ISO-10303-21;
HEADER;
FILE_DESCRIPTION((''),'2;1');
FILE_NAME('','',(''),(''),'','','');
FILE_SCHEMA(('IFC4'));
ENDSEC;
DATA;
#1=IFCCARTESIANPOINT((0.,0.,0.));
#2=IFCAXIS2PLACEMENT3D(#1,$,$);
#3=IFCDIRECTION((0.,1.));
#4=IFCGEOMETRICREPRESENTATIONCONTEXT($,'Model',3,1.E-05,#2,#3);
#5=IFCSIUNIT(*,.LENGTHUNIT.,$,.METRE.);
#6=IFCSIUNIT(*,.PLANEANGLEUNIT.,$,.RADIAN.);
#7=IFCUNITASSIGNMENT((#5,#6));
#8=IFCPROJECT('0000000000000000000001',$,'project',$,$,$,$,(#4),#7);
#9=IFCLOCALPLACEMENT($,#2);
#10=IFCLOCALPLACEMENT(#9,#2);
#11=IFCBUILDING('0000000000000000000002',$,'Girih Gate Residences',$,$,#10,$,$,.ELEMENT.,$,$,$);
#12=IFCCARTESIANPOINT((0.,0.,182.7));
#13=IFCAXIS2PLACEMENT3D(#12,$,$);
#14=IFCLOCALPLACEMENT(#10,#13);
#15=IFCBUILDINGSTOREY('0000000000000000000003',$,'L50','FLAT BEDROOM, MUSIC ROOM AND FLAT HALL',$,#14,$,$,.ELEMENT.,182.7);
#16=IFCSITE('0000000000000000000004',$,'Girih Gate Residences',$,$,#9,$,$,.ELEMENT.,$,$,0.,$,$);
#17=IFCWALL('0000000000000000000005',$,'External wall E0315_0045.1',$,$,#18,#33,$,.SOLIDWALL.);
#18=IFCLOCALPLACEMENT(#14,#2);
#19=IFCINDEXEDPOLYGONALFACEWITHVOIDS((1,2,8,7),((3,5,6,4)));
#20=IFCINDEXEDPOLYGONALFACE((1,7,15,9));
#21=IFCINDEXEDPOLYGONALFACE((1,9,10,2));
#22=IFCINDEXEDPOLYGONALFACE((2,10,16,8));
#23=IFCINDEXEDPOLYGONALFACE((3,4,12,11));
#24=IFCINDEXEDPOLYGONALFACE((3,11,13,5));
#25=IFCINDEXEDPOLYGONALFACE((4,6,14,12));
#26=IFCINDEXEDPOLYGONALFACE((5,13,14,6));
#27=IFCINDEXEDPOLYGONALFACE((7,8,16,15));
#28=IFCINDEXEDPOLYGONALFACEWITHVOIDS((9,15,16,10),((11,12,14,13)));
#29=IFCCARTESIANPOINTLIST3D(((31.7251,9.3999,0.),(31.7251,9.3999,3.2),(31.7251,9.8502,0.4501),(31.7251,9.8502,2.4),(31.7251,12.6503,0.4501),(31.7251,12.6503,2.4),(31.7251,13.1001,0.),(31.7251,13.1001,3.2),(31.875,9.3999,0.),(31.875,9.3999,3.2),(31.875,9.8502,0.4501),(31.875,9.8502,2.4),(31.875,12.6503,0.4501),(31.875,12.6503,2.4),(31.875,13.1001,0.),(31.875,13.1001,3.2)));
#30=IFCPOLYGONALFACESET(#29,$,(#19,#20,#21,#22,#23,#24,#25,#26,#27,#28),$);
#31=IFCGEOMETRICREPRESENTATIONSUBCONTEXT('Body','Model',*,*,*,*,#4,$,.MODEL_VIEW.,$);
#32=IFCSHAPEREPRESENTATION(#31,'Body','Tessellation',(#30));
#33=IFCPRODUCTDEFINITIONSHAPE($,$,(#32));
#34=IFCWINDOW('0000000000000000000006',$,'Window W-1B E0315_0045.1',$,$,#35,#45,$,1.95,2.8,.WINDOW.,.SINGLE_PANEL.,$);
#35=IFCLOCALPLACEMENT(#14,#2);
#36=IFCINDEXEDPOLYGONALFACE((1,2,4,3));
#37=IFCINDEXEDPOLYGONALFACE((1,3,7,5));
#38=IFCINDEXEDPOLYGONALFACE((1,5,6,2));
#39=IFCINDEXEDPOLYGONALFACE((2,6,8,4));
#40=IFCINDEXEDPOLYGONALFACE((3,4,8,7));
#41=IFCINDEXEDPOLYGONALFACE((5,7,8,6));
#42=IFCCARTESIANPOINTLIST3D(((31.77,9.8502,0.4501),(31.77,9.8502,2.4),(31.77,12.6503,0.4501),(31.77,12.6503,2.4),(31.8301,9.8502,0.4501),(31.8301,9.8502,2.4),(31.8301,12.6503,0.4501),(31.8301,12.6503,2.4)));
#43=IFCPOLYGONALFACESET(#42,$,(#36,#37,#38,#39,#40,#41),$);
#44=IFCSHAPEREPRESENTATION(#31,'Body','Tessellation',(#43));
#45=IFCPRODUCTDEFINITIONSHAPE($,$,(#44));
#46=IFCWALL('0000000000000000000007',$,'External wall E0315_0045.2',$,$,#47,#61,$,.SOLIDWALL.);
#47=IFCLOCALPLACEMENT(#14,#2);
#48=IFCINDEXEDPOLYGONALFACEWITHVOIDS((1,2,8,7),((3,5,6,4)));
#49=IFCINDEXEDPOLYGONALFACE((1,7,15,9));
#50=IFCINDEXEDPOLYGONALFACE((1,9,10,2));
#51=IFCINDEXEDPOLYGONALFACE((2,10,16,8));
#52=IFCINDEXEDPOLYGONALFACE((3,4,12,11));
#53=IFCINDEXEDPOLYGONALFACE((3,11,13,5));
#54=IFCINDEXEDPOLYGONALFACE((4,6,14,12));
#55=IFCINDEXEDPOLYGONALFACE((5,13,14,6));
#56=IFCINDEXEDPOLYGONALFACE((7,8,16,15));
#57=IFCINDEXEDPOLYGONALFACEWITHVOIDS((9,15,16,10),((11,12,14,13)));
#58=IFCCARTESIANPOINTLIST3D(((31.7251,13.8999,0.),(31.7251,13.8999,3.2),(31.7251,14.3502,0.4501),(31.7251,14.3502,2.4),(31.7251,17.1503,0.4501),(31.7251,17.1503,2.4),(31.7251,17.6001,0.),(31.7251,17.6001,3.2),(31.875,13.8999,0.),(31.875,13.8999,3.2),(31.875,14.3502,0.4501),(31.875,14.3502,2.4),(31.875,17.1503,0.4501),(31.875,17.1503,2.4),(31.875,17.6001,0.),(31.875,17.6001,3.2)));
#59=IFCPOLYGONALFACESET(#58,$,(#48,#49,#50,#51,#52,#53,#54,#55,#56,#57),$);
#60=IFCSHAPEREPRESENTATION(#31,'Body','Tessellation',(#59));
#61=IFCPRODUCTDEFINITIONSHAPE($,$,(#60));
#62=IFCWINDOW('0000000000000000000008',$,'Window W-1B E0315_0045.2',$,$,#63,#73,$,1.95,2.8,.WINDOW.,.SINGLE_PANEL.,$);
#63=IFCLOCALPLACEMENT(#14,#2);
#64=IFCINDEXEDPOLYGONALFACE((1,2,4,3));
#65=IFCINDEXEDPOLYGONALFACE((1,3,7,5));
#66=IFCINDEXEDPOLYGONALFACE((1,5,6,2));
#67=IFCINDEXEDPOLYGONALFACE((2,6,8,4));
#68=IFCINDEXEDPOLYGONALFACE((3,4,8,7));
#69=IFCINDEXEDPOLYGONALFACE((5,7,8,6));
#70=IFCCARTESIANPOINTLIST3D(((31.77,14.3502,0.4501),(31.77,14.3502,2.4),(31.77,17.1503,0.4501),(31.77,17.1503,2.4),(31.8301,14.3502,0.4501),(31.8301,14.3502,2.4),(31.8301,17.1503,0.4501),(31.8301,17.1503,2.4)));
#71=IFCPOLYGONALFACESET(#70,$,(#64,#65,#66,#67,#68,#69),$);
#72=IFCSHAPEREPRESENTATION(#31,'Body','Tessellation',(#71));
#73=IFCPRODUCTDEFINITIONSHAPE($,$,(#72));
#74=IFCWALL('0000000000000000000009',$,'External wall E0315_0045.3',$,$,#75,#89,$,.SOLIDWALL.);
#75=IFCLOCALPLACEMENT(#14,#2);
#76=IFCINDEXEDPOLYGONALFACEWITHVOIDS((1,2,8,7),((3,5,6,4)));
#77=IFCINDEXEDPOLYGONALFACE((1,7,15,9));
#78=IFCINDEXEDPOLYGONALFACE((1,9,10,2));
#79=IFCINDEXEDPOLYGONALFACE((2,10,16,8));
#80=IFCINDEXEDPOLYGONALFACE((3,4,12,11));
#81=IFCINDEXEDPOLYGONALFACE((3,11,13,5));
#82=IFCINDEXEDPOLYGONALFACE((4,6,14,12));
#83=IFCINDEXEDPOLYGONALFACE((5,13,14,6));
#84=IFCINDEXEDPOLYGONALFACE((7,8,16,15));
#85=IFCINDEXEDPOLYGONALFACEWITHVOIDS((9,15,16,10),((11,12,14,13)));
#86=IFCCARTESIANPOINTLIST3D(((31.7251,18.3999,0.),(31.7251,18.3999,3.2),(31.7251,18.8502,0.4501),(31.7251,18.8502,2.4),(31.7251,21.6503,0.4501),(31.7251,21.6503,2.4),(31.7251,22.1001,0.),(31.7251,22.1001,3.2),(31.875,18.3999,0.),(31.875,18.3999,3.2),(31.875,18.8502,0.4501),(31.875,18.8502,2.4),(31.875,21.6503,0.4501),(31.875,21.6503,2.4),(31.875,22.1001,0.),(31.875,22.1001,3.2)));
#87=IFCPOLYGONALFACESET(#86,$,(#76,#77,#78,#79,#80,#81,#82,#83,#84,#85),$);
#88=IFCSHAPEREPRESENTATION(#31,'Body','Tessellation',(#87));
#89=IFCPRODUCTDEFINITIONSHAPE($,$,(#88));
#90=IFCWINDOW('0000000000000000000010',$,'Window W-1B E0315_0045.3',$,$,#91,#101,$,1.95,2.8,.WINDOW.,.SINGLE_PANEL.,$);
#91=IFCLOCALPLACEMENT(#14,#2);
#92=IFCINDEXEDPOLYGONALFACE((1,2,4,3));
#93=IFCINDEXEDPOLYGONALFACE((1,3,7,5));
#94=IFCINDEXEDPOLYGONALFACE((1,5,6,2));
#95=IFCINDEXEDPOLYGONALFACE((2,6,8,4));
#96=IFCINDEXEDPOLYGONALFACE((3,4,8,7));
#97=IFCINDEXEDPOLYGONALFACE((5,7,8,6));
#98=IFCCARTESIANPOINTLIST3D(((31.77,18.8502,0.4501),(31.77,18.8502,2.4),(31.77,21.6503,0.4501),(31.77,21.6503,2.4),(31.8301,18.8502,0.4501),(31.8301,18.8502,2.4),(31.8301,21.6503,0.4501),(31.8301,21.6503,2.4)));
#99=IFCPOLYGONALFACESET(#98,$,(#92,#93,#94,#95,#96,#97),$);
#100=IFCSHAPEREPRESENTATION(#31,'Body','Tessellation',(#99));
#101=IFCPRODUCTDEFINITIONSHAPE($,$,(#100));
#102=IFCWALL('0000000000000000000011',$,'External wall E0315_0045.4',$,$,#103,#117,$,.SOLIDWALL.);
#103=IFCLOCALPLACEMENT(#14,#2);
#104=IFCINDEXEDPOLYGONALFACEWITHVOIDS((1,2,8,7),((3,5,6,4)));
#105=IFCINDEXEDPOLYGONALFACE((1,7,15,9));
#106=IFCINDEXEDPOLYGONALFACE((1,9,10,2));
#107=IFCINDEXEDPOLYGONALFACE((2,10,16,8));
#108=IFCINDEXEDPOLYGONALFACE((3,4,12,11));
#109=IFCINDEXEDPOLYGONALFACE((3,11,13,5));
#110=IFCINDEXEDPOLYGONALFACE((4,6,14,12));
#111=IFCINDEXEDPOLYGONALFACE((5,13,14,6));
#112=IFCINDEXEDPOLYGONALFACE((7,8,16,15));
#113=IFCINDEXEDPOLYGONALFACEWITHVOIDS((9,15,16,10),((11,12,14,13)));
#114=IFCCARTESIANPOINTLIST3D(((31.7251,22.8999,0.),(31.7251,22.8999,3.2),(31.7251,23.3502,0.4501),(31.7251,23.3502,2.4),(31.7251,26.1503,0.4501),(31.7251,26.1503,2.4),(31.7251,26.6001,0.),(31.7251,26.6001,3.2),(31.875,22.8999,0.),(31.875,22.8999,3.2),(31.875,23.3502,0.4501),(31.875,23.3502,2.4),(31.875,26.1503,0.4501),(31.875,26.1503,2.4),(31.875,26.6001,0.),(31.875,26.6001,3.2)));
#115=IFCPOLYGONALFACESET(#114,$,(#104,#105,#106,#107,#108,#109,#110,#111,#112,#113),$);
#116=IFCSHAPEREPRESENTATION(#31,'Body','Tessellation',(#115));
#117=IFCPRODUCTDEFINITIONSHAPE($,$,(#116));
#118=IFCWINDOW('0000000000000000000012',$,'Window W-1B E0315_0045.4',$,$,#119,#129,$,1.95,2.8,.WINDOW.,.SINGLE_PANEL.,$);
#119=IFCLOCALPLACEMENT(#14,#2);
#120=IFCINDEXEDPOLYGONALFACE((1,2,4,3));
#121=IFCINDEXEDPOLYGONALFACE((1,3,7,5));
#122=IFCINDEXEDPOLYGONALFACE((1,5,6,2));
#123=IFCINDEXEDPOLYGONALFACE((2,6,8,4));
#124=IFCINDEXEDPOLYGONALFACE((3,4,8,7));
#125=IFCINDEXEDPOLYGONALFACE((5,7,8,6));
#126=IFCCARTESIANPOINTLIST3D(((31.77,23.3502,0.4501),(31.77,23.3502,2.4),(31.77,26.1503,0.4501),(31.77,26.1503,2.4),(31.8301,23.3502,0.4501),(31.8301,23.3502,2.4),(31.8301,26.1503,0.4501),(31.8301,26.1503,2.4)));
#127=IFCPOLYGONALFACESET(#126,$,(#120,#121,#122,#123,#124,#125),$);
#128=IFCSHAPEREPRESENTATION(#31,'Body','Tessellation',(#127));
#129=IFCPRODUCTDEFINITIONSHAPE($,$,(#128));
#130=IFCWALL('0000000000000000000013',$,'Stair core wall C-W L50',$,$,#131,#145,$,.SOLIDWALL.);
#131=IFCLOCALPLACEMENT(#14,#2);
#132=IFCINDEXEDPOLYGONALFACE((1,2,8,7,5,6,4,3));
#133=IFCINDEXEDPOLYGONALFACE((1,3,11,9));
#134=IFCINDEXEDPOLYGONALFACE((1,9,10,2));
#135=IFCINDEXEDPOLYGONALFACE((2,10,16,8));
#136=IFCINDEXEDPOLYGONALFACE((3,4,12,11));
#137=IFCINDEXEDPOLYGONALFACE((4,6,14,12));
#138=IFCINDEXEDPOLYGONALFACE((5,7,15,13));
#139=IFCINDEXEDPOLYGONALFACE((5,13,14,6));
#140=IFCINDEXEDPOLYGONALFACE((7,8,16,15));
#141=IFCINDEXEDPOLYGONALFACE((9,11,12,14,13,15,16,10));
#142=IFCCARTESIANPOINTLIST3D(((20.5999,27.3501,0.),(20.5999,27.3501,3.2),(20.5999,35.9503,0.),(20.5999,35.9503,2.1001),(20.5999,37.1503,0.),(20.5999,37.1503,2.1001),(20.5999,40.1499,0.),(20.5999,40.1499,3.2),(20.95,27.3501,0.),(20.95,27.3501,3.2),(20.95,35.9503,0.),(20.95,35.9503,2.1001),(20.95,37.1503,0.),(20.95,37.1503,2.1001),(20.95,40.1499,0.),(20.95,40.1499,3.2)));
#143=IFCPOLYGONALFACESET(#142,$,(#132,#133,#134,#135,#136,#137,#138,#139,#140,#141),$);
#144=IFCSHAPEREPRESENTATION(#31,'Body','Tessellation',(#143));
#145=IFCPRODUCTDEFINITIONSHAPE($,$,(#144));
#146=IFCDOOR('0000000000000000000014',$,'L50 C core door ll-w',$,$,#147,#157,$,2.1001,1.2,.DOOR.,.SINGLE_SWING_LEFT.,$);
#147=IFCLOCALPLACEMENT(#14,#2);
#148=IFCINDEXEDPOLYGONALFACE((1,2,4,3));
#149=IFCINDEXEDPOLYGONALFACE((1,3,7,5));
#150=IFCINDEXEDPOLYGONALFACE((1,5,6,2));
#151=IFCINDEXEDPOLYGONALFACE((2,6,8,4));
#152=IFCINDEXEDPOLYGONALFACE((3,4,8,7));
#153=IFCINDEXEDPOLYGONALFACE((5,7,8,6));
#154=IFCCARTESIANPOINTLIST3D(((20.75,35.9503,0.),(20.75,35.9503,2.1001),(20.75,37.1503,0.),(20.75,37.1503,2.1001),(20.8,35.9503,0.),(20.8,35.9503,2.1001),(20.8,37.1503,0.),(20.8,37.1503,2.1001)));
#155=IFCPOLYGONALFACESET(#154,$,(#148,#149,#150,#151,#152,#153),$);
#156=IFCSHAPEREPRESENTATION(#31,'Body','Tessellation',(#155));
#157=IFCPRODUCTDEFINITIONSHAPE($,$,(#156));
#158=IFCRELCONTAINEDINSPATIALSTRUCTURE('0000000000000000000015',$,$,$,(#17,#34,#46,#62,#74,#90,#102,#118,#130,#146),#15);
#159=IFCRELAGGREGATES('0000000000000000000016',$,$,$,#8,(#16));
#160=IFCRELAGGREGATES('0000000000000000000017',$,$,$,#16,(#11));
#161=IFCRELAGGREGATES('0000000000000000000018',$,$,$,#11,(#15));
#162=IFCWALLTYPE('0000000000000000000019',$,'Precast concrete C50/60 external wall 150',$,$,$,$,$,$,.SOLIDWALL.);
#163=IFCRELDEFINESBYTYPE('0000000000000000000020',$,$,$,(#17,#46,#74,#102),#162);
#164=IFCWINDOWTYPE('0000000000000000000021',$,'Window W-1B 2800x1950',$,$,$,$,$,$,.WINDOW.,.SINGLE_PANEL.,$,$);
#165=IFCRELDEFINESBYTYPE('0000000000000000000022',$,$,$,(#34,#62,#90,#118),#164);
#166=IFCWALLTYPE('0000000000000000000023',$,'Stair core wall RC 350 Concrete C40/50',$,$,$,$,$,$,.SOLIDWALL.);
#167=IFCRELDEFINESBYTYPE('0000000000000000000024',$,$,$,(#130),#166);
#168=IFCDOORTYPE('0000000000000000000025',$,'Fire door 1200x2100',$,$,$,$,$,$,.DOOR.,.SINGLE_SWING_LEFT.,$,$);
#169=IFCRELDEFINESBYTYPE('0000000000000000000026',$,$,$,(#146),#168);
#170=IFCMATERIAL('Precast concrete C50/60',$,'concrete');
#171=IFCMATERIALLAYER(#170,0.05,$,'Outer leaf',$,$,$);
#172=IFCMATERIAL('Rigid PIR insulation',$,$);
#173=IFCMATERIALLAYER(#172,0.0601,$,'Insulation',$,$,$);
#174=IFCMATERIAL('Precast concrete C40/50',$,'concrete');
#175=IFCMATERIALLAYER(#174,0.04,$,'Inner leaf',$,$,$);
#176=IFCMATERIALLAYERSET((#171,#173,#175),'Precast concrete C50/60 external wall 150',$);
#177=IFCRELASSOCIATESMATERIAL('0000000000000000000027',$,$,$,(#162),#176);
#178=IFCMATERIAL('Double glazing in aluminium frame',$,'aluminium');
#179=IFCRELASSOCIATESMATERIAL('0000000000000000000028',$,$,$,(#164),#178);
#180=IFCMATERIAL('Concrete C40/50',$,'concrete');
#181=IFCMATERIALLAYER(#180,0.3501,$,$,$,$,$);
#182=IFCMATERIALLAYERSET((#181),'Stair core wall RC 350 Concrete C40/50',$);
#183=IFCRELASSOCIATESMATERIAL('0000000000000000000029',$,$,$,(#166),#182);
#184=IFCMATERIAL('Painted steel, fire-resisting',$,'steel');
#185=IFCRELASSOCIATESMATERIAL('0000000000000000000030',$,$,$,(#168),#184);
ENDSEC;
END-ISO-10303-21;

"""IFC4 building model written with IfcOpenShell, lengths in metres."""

from ifc_helpers import new_model, si_unit, direction, frame, frame_2d, origin, place, context, subcontext, project, spatial, rectangle, extrude, material, layer, layer_set, type_object, element, fill, save


model = new_model("IFC4")

# Units and contexts
model_context = context("Model", 3, precision=1e-05, world=origin(), true_north=direction((0.0, 1.0)))
body_context = subcontext(model_context, "Body", "Model", "MODEL_VIEW")
ifc_project = project(units=[si_unit("LENGTHUNIT", "METRE"), si_unit("PLANEANGLEUNIT", "RADIAN")], contexts=[model_context])

# Site, building, storey
site_placement = place(None, origin())
site = spatial("IfcSite", under=ifc_project, at=site_placement, Name="Girih Gate Residences", CompositionType="ELEMENT", RefElevation=0.0)
building_placement = place(site_placement, origin())
building = spatial("IfcBuilding", under=site, at=building_placement, Name="Girih Gate Residences", CompositionType="ELEMENT")
storey_placement = place(building_placement, frame((0.0, 0.0, 182.7)))
storey = spatial("IfcBuildingStorey", under=building, at=storey_placement, Name="L50", Description="FLAT BEDROOM, MUSIC ROOM AND FLAT HALL", CompositionType="ELEMENT", Elevation=182.7)

# Walls, openings, windows
ifc_material_1 = material(Name="Precast concrete C50/60", Category="concrete")
ifc_layer_1 = layer(ifc_material_1, 0.05, Name="Outer leaf")
ifc_material_2 = material(Name="Rigid PIR insulation")
ifc_layer_2 = layer(ifc_material_2, 0.0601, Name="Insulation")
ifc_material_3 = material(Name="Precast concrete C40/50", Category="concrete")
ifc_layer_3 = layer(ifc_material_3, 0.04, Name="Inner leaf")
ifc_layer_set_1 = layer_set([ifc_layer_1, ifc_layer_2, ifc_layer_3], Name="Precast concrete C50/60 external wall 150")
wall_type_1 = type_object("IfcWallType", Name="Precast concrete C50/60 external wall 150", PredefinedType="SOLIDWALL", material=ifc_layer_set_1)
wall_1_placement = place(storey_placement, frame((31.8, 13.1001, 0.0), z_axis=(0.0, 0.0, 1.0), x_axis=(0.0, -1.0, 0.0)))
wall_1 = element("IfcWall", 1, at=wall_1_placement, inside=storey, type_object=wall_type_1, Name="External wall E0315_0045.1", PredefinedType="SOLIDWALL", context=body_context, shape_type="SweptSolid", body=[
    extrude(rectangle(XDim=3.7002, YDim=0.1499, at=frame_2d((1.8501, 0.0))), origin(), (0.0, 0.0, 1.0), 3.2),
])
opening_1_placement = place(wall_1_placement, frame((0.45, 0.0, 0.45)))
opening_1 = element("IfcOpeningElement", 2, at=opening_1_placement, cuts=wall_1, PredefinedType="OPENING", context=body_context, shape_type="SweptSolid", body=[
    extrude(rectangle(XDim=2.8, YDim=1.95, at=frame_2d((1.3999, 0.9751))), frame((0.0, 0.085, 0.0), z_axis=(0.0, -1.0, 0.0), x_axis=(1.0, 0.0, 0.0)), (0.0, 0.0, 1.0), 0.1699),
])
ifc_material_4 = material(Name="Double glazing in aluminium frame", Category="aluminium")
window_type = type_object("IfcWindowType", Name="Window W-1B 2800x1950", PartitioningType="SINGLE_PANEL", PredefinedType="WINDOW", material=ifc_material_4)
window_1_placement = place(opening_1_placement, origin())
window_1 = element("IfcWindow", 3, at=window_1_placement, inside=storey, type_object=window_type, Name="Window W-1B E0315_0045.1", OverallHeight=1.95, OverallWidth=2.8, PartitioningType="SINGLE_PANEL", PredefinedType="WINDOW", context=body_context, shape_type="SweptSolid", body=[
    extrude(rectangle(XDim=2.8, YDim=1.95, at=frame_2d((1.3999, 0.9751))), frame((0.0, 0.03, 0.0), z_axis=(0.0, -1.0, 0.0), x_axis=(1.0, 0.0, 0.0)), (0.0, 0.0, 1.0), 0.0601),
])
fill(opening_1, window_1)
wall_2_placement = place(storey_placement, frame((31.8, 17.6001, 0.0), z_axis=(0.0, 0.0, 1.0), x_axis=(0.0, -1.0, 0.0)))
wall_2 = element("IfcWall", 4, at=wall_2_placement, inside=storey, type_object=wall_type_1, Name="External wall E0315_0045.2", PredefinedType="SOLIDWALL", context=body_context, shape_type="SweptSolid", body=[
    extrude(rectangle(XDim=3.7002, YDim=0.1499, at=frame_2d((1.8501, 0.0))), origin(), (0.0, 0.0, 1.0), 3.2),
])
opening_2_placement = place(wall_2_placement, frame((0.45, 0.0, 0.45)))
opening_2 = element("IfcOpeningElement", 5, at=opening_2_placement, cuts=wall_2, PredefinedType="OPENING", context=body_context, shape_type="SweptSolid", body=[
    extrude(rectangle(XDim=2.8, YDim=1.95, at=frame_2d((1.3999, 0.9751))), frame((0.0, 0.085, 0.0), z_axis=(0.0, -1.0, 0.0), x_axis=(1.0, 0.0, 0.0)), (0.0, 0.0, 1.0), 0.1699),
])
window_2_placement = place(opening_2_placement, origin())
window_2 = element("IfcWindow", 6, at=window_2_placement, inside=storey, type_object=window_type, Name="Window W-1B E0315_0045.2", OverallHeight=1.95, OverallWidth=2.8, PartitioningType="SINGLE_PANEL", PredefinedType="WINDOW", context=body_context, shape_type="SweptSolid", body=[
    extrude(rectangle(XDim=2.8, YDim=1.95, at=frame_2d((1.3999, 0.9751))), frame((0.0, 0.03, 0.0), z_axis=(0.0, -1.0, 0.0), x_axis=(1.0, 0.0, 0.0)), (0.0, 0.0, 1.0), 0.0601),
])
fill(opening_2, window_2)
wall_3_placement = place(storey_placement, frame((31.8, 22.1001, 0.0), z_axis=(0.0, 0.0, 1.0), x_axis=(0.0, -1.0, 0.0)))
wall_3 = element("IfcWall", 7, at=wall_3_placement, inside=storey, type_object=wall_type_1, Name="External wall E0315_0045.3", PredefinedType="SOLIDWALL", context=body_context, shape_type="SweptSolid", body=[
    extrude(rectangle(XDim=3.7002, YDim=0.1499, at=frame_2d((1.8501, 0.0))), origin(), (0.0, 0.0, 1.0), 3.2),
])
opening_3_placement = place(wall_3_placement, frame((0.45, 0.0, 0.45)))
opening_3 = element("IfcOpeningElement", 8, at=opening_3_placement, cuts=wall_3, PredefinedType="OPENING", context=body_context, shape_type="SweptSolid", body=[
    extrude(rectangle(XDim=2.8, YDim=1.95, at=frame_2d((1.3999, 0.9751))), frame((0.0, 0.085, 0.0), z_axis=(0.0, -1.0, 0.0), x_axis=(1.0, 0.0, 0.0)), (0.0, 0.0, 1.0), 0.1699),
])
window_3_placement = place(opening_3_placement, origin())
window_3 = element("IfcWindow", 9, at=window_3_placement, inside=storey, type_object=window_type, Name="Window W-1B E0315_0045.3", OverallHeight=1.95, OverallWidth=2.8, PartitioningType="SINGLE_PANEL", PredefinedType="WINDOW", context=body_context, shape_type="SweptSolid", body=[
    extrude(rectangle(XDim=2.8, YDim=1.95, at=frame_2d((1.3999, 0.9751))), frame((0.0, 0.03, 0.0), z_axis=(0.0, -1.0, 0.0), x_axis=(1.0, 0.0, 0.0)), (0.0, 0.0, 1.0), 0.0601),
])
fill(opening_3, window_3)
wall_4_placement = place(storey_placement, frame((31.8, 26.6001, 0.0), z_axis=(0.0, 0.0, 1.0), x_axis=(0.0, -1.0, 0.0)))
wall_4 = element("IfcWall", 10, at=wall_4_placement, inside=storey, type_object=wall_type_1, Name="External wall E0315_0045.4", PredefinedType="SOLIDWALL", context=body_context, shape_type="SweptSolid", body=[
    extrude(rectangle(XDim=3.7002, YDim=0.1499, at=frame_2d((1.8501, 0.0))), origin(), (0.0, 0.0, 1.0), 3.2),
])
opening_4_placement = place(wall_4_placement, frame((0.45, 0.0, 0.45)))
opening_4 = element("IfcOpeningElement", 11, at=opening_4_placement, cuts=wall_4, PredefinedType="OPENING", context=body_context, shape_type="SweptSolid", body=[
    extrude(rectangle(XDim=2.8, YDim=1.95, at=frame_2d((1.3999, 0.9751))), frame((0.0, 0.085, 0.0), z_axis=(0.0, -1.0, 0.0), x_axis=(1.0, 0.0, 0.0)), (0.0, 0.0, 1.0), 0.1699),
])
window_4_placement = place(opening_4_placement, origin())
window_4 = element("IfcWindow", 12, at=window_4_placement, inside=storey, type_object=window_type, Name="Window W-1B E0315_0045.4", OverallHeight=1.95, OverallWidth=2.8, PartitioningType="SINGLE_PANEL", PredefinedType="WINDOW", context=body_context, shape_type="SweptSolid", body=[
    extrude(rectangle(XDim=2.8, YDim=1.95, at=frame_2d((1.3999, 0.9751))), frame((0.0, 0.03, 0.0), z_axis=(0.0, -1.0, 0.0), x_axis=(1.0, 0.0, 0.0)), (0.0, 0.0, 1.0), 0.0601),
])
fill(opening_4, window_4)

# Wall, opening, door
ifc_material_5 = material(Name="Concrete C40/50", Category="concrete")
ifc_layer_4 = layer(ifc_material_5, 0.3501)
ifc_layer_set_2 = layer_set([ifc_layer_4], Name="Stair core wall RC 350 Concrete C40/50")
wall_type_2 = type_object("IfcWallType", Name="Stair core wall RC 350 Concrete C40/50", PredefinedType="SOLIDWALL", material=ifc_layer_set_2)
wall_5_placement = place(storey_placement, frame((20.7749, 27.3501, 0.0), z_axis=(0.0, 0.0, 1.0), x_axis=(0.0, 1.0, 0.0)))
wall_5 = element("IfcWall", 13, at=wall_5_placement, inside=storey, type_object=wall_type_2, Name="Stair core wall C-W L50", PredefinedType="SOLIDWALL", context=body_context, shape_type="SweptSolid", body=[
    extrude(rectangle(XDim=12.7998, YDim=0.3501, at=frame_2d((6.3999, 0.0))), origin(), (0.0, 0.0, 1.0), 3.2),
])
opening_5_placement = place(wall_5_placement, frame((8.6001, 0.0, 0.0)))
opening_5 = element("IfcOpeningElement", 14, at=opening_5_placement, cuts=wall_5, PredefinedType="OPENING", context=body_context, shape_type="SweptSolid", body=[
    extrude(rectangle(XDim=1.2, YDim=2.1001, at=frame_2d((0.6001, 1.05))), frame((0.0, 0.1851, 0.0), z_axis=(0.0, -1.0, 0.0), x_axis=(1.0, 0.0, 0.0)), (0.0, 0.0, 1.0), 0.3701),
])
ifc_material_6 = material(Name="Painted steel, fire-resisting", Category="steel")
door_type_1 = type_object("IfcDoorType", Name="Fire door 1200x2100", OperationType="SINGLE_SWING_LEFT", PredefinedType="DOOR", material=ifc_material_6)
door_1_placement = place(opening_5_placement, origin())
door_1 = element("IfcDoor", 15, at=door_1_placement, inside=storey, type_object=door_type_1, Name="L50 C core door ll-w", OperationType="SINGLE_SWING_LEFT", OverallHeight=2.1001, OverallWidth=1.2, PredefinedType="DOOR", context=body_context, shape_type="SweptSolid", body=[
    extrude(rectangle(XDim=1.2, YDim=2.1001, at=frame_2d((0.6001, 1.05))), frame((0.0, 0.0249, 0.0), z_axis=(0.0, -1.0, 0.0), x_axis=(1.0, 0.0, 0.0)), (0.0, 0.0, 1.0), 0.05),
])
fill(opening_5, door_1)

save(model, "model.ifc")
